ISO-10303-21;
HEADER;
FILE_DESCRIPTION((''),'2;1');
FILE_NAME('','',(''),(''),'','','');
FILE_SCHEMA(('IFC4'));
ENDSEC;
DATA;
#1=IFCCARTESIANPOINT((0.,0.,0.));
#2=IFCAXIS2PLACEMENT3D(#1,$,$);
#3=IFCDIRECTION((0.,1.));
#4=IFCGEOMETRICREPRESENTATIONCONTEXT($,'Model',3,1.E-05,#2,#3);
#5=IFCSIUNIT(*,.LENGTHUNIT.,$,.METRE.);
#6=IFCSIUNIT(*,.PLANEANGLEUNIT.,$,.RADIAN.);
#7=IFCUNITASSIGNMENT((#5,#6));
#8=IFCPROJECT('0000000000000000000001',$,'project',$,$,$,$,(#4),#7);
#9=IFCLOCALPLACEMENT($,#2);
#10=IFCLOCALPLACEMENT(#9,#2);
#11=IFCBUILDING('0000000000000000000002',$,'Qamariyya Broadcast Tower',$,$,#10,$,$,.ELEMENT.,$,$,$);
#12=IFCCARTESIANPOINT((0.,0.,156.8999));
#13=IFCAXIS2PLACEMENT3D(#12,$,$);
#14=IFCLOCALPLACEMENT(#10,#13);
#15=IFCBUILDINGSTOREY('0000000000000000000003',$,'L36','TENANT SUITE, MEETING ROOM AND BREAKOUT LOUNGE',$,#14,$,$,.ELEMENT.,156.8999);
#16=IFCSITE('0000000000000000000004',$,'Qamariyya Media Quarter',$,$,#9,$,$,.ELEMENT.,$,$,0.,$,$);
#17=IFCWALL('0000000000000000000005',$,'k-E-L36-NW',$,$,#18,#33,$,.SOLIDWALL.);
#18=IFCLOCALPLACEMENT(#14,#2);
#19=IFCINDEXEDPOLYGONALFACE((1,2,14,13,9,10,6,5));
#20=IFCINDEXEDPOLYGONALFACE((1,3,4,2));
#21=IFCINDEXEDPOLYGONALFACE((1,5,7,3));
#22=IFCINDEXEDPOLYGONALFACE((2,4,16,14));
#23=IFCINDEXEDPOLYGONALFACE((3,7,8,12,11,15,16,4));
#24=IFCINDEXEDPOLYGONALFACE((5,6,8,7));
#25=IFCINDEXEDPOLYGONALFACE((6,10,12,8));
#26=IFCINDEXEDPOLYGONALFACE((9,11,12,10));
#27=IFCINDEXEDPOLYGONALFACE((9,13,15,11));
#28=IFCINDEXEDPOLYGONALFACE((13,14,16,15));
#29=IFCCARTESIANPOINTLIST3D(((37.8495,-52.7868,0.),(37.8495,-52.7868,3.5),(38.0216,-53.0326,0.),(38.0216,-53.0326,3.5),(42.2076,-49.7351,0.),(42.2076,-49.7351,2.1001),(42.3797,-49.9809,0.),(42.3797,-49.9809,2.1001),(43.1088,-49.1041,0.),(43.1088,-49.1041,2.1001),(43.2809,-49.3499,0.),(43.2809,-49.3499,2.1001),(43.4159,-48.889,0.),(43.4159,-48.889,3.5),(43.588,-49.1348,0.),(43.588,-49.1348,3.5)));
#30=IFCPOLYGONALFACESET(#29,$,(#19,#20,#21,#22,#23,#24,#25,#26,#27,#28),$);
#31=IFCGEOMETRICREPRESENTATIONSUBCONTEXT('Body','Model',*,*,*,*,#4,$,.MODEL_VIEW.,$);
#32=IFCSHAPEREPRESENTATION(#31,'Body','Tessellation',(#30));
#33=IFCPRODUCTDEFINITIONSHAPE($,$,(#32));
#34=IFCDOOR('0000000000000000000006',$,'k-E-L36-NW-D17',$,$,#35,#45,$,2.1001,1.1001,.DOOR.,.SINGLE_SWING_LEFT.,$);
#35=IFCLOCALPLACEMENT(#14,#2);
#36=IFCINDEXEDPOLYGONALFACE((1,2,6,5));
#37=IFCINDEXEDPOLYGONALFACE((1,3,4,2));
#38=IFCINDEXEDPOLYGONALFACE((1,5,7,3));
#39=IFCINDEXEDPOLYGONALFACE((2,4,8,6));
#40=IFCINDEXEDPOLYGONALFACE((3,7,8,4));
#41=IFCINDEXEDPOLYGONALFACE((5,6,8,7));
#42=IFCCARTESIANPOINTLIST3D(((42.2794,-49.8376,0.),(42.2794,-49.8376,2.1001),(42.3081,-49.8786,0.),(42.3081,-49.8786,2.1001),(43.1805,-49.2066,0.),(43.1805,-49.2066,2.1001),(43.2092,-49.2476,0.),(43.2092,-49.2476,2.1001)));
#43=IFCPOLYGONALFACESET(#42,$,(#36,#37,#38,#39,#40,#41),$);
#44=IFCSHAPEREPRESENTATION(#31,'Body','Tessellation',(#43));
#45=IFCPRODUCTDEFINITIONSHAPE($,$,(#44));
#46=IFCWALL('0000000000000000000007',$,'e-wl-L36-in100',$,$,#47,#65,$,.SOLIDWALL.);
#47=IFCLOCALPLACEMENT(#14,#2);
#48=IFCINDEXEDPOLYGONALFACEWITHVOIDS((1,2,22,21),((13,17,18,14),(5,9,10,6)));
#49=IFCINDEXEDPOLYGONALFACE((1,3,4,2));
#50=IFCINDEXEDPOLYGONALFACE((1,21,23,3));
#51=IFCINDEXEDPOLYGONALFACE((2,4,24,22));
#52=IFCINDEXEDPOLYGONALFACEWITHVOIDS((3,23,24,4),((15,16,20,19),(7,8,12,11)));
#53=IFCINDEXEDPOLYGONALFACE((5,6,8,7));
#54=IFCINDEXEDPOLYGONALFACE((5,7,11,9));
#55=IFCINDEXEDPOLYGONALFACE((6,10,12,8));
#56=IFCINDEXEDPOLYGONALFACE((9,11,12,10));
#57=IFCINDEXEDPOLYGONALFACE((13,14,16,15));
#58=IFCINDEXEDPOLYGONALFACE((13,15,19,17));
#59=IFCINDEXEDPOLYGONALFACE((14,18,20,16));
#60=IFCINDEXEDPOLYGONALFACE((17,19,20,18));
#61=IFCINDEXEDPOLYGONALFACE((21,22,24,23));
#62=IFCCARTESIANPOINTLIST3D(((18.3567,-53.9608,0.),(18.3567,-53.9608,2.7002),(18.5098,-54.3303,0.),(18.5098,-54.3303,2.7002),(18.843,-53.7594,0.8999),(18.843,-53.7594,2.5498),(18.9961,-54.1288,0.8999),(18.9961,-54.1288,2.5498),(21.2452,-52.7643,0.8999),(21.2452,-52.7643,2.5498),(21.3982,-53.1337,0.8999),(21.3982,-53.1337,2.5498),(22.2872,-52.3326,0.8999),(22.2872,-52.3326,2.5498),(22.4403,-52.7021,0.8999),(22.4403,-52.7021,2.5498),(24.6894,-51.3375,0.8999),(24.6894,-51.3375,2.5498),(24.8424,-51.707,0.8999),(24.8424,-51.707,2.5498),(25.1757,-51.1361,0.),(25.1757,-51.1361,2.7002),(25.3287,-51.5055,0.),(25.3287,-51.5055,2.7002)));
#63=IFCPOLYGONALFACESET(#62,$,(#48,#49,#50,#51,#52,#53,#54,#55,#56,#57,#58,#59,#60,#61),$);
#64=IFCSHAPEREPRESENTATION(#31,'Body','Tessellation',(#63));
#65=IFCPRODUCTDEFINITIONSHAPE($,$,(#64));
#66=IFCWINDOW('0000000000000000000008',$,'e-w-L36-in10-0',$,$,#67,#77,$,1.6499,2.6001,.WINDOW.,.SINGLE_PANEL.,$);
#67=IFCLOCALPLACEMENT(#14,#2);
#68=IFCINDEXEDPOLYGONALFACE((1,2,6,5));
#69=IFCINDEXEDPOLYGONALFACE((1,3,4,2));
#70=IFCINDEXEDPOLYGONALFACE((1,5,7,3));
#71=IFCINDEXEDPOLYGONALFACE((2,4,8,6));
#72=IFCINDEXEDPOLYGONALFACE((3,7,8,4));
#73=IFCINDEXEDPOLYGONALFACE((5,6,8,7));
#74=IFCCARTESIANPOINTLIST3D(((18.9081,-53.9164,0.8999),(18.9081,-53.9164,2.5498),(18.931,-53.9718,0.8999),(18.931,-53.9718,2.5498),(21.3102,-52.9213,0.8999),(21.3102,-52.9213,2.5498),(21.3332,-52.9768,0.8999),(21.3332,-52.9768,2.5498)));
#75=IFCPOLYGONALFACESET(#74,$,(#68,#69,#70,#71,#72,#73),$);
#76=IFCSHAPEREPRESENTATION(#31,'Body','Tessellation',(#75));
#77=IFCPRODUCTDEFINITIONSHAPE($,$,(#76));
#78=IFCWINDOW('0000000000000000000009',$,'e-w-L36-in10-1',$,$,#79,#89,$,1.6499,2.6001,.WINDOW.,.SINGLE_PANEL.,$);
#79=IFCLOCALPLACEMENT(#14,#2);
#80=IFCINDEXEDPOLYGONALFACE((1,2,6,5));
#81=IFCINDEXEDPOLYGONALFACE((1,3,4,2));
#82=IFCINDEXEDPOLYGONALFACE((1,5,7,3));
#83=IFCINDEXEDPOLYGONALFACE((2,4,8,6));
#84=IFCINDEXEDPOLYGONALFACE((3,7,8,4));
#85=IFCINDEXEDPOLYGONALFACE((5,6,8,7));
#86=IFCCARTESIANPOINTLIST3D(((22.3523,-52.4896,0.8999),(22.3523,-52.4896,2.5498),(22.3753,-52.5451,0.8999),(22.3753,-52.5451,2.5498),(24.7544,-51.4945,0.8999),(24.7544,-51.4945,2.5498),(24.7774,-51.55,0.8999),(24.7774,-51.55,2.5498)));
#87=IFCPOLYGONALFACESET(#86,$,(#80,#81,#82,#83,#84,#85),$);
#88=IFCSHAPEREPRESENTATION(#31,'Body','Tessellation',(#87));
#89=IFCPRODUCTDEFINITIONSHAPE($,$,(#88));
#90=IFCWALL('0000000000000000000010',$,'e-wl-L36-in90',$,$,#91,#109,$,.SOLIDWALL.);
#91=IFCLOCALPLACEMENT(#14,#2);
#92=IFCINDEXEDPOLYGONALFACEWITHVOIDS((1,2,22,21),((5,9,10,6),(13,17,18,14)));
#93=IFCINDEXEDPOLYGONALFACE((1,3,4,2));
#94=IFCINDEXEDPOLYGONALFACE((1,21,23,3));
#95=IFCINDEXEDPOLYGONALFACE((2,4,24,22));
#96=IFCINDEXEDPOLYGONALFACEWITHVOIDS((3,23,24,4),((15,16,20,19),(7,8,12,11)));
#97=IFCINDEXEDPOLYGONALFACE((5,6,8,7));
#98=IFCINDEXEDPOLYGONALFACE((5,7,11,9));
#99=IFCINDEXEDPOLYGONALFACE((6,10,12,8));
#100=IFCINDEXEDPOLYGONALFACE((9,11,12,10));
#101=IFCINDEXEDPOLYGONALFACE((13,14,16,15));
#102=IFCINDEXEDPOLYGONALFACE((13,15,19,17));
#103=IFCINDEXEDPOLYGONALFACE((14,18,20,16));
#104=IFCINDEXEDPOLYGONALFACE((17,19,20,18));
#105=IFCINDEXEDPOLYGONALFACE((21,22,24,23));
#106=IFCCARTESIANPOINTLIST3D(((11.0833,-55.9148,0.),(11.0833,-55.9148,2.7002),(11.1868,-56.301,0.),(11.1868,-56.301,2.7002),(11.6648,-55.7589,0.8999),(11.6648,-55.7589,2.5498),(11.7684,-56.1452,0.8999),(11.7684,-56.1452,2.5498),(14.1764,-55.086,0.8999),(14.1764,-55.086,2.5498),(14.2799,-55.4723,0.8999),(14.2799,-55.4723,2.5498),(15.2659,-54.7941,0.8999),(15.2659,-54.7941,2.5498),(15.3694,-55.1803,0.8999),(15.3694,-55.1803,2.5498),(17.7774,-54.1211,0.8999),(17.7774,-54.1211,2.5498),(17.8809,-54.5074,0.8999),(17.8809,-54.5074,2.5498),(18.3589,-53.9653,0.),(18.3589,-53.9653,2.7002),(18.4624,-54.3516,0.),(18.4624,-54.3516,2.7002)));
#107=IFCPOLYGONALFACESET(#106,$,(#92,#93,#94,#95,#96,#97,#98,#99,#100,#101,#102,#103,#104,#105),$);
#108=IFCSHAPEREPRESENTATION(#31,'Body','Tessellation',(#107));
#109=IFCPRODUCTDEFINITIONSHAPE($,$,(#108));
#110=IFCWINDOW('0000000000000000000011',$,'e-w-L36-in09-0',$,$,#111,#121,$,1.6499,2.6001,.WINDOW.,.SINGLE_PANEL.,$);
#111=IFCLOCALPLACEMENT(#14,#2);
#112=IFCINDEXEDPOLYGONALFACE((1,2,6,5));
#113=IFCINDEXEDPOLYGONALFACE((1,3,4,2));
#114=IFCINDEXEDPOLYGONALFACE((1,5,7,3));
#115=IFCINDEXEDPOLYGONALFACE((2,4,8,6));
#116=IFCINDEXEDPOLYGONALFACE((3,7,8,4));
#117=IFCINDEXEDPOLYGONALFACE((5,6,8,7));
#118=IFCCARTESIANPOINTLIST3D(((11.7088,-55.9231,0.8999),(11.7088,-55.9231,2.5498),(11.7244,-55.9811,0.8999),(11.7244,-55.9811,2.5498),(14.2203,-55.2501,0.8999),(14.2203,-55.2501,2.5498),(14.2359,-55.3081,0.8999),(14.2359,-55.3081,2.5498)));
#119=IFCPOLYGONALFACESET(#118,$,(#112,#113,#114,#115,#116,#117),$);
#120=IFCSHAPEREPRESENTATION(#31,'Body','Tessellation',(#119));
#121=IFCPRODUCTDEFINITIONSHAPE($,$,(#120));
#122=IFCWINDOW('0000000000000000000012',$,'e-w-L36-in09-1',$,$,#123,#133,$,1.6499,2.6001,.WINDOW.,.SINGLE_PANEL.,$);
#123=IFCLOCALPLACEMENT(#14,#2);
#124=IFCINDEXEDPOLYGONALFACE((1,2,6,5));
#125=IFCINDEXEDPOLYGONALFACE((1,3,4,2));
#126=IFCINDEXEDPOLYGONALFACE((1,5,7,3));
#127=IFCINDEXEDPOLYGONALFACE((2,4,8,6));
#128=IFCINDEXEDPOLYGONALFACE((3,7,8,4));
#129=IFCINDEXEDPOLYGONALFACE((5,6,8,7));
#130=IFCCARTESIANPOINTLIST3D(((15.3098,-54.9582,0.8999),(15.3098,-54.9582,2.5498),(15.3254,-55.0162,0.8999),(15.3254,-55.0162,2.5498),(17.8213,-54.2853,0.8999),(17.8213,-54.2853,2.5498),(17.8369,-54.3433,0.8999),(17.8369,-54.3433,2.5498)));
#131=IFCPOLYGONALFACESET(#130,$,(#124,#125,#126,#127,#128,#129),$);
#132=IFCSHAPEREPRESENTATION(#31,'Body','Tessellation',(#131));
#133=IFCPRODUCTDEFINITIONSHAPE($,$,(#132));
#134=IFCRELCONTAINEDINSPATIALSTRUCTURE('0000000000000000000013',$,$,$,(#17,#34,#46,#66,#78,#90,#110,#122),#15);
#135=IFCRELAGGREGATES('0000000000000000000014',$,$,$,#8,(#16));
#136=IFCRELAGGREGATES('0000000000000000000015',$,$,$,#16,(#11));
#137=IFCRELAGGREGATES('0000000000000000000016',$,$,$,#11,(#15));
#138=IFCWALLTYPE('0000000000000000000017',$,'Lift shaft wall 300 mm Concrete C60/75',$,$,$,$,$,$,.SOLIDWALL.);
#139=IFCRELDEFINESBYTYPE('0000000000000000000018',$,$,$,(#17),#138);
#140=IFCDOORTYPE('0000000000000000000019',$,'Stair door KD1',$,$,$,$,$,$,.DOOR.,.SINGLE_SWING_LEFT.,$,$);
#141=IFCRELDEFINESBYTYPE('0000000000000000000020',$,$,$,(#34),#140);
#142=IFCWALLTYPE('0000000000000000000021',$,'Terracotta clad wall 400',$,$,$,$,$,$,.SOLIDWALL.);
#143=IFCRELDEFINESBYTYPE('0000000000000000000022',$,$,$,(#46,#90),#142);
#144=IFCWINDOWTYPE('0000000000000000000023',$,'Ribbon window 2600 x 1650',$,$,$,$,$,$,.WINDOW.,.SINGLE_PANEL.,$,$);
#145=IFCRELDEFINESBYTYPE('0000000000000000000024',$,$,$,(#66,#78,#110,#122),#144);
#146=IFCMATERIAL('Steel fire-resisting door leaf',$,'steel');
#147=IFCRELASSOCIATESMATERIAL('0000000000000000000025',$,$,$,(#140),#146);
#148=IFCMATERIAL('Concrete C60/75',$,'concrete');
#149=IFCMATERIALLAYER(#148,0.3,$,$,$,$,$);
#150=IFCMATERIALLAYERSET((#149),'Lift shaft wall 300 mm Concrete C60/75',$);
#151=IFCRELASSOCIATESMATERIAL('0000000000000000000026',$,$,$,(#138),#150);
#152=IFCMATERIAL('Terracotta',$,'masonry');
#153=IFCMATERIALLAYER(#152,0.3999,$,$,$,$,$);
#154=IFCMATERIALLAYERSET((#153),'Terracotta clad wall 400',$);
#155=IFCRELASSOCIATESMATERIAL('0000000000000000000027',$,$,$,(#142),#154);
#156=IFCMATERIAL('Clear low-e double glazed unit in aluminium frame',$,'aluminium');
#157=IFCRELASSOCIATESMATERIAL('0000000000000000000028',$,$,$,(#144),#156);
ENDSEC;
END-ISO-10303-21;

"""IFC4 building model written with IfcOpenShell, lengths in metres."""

from ifc_helpers import new_model, si_unit, direction, frame, frame_2d, origin, place, context, subcontext, project, spatial, rectangle, extrude, material, layer, layer_set, type_object, element, fill, save


model = new_model("IFC4")

# Units and contexts
model_context = context("Model", 3, precision=1e-05, world=origin(), true_north=direction((0.0, 1.0)))
body_context = subcontext(model_context, "Body", "Model", "MODEL_VIEW")
ifc_project = project(units=[si_unit("LENGTHUNIT", "METRE"), si_unit("PLANEANGLEUNIT", "RADIAN")], contexts=[model_context])

# Site, building, storey
site_placement = place(None, origin())
site = spatial("IfcSite", under=ifc_project, at=site_placement, Name="Qamariyya Media Quarter", CompositionType="ELEMENT", RefElevation=0.0)
building_placement = place(site_placement, origin())
building = spatial("IfcBuilding", under=site, at=building_placement, Name="Qamariyya Broadcast Tower", CompositionType="ELEMENT")
storey_placement = place(building_placement, frame((0.0, 0.0, 156.8999)))
storey = spatial("IfcBuildingStorey", under=building, at=storey_placement, Name="L36", Description="TENANT SUITE, MEETING ROOM AND BREAKOUT LOUNGE", CompositionType="ELEMENT", Elevation=156.8999)

# Shared definitions
ifc_material_1 = material(Name="Concrete C60/75", Category="concrete")

# Shared definitions
ifc_material_2 = material(Name="Steel fire-resisting door leaf", Category="steel")
door_type_1 = type_object("IfcDoorType", Name="Stair door KD1", OperationType="SINGLE_SWING_LEFT", PredefinedType="DOOR", material=ifc_material_2)

# Wall, opening, door
ifc_layer_1 = layer(ifc_material_1, 0.3)
ifc_layer_set_1 = layer_set([ifc_layer_1], Name="Lift shaft wall 300 mm Concrete C60/75")
wall_type_1 = type_object("IfcWallType", Name="Lift shaft wall 300 mm Concrete C60/75", PredefinedType="SOLIDWALL", material=ifc_layer_set_1)
wall_1_placement = place(storey_placement, frame((37.9355, -52.9097, 0.0), z_axis=(0.0, 0.0, 1.0), x_axis=(0.819148, 0.573583, 0.0)))
wall_1 = element("IfcWall", 1, at=wall_1_placement, inside=storey, type_object=wall_type_1, Name="k-E-L36-NW", PredefinedType="SOLIDWALL", context=body_context, shape_type="SweptSolid", body=[
    extrude(rectangle(XDim=6.7954, YDim=0.3, at=frame_2d((3.3977, 0.0))), origin(), (0.0, 0.0, 1.0), 3.5),
])
opening_1_placement = place(wall_1_placement, frame((5.3203, 0.0, 0.0)))
opening_1 = element("IfcOpeningElement", 2, at=opening_1_placement, cuts=wall_1, PredefinedType="OPENING", context=body_context, shape_type="SweptSolid", body=[
    extrude(rectangle(XDim=1.1001, YDim=2.1001, at=frame_2d((0.55, 1.05))), frame((0.0, 0.1599, 0.0), z_axis=(0.0, -1.0, 0.0), x_axis=(1.0, 0.0, 0.0)), (0.0, 0.0, 1.0), 0.3201),
])
door_1_placement = place(opening_1_placement, origin())
door_1 = element("IfcDoor", 3, at=door_1_placement, inside=storey, type_object=door_type_1, Name="k-E-L36-NW-D17", OperationType="SINGLE_SWING_LEFT", OverallHeight=2.1001, OverallWidth=1.1001, PredefinedType="DOOR", context=body_context, shape_type="SweptSolid", body=[
    extrude(rectangle(XDim=1.1001, YDim=2.1001, at=frame_2d((0.55, 1.05))), frame((0.0, 0.0249, 0.0), z_axis=(0.0, -1.0, 0.0), x_axis=(1.0, 0.0, 0.0)), (0.0, 0.0, 1.0), 0.05),
])
fill(opening_1, door_1)

# Walls, openings, windows
ifc_material_3 = material(Name="Terracotta", Category="masonry")
ifc_layer_2 = layer(ifc_material_3, 0.3999)
ifc_layer_set_2 = layer_set([ifc_layer_2], Name="Terracotta clad wall 400")
wall_type_2 = type_object("IfcWallType", Name="Terracotta clad wall 400", PredefinedType="SOLIDWALL", material=ifc_layer_set_2)
wall_2_placement = place(storey_placement, frame((25.2522, -51.3208, 0.0), z_axis=(0.0, 0.0, 1.0), x_axis=(-0.923868, -0.382712, 0.0)))
wall_2 = element("IfcWall", 4, at=wall_2_placement, inside=storey, type_object=wall_type_2, Name="e-wl-L36-in100", PredefinedType="SOLIDWALL", context=body_context, shape_type="SweptSolid", body=[
    extrude(rectangle(XDim=7.3809, YDim=0.3999, at=frame_2d((3.6904, 0.0))), origin(), (0.0, 0.0, 1.0), 2.7002),
])
opening_2_placement = place(wall_2_placement, frame((4.2544, 0.0, 0.8999)))
opening_2 = element("IfcOpeningElement", 5, at=opening_2_placement, cuts=wall_2, PredefinedType="OPENING", context=body_context, shape_type="SweptSolid", body=[
    extrude(rectangle(XDim=2.6001, YDim=1.6499, at=frame_2d((1.3, 0.825))), frame((0.0, 0.21, 0.0), z_axis=(0.0, -1.0, 0.0), x_axis=(1.0, 0.0, 0.0)), (0.0, 0.0, 1.0), 0.4199),
])
opening_3_placement = place(wall_2_placement, frame((0.5264, 0.0, 0.8999)))
opening_3 = element("IfcOpeningElement", 6, at=opening_3_placement, cuts=wall_2, PredefinedType="OPENING", context=body_context, shape_type="SweptSolid", body=[
    extrude(rectangle(XDim=2.6001, YDim=1.6499, at=frame_2d((1.3, 0.825))), frame((0.0, 0.21, 0.0), z_axis=(0.0, -1.0, 0.0), x_axis=(1.0, 0.0, 0.0)), (0.0, 0.0, 1.0), 0.4199),
])
ifc_material_4 = material(Name="Clear low-e double glazed unit in aluminium frame", Category="aluminium")
window_type = type_object("IfcWindowType", Name="Ribbon window 2600 x 1650", PartitioningType="SINGLE_PANEL", PredefinedType="WINDOW", material=ifc_material_4)
window_1_placement = place(opening_2_placement, origin())
window_1 = element("IfcWindow", 7, at=window_1_placement, inside=storey, type_object=window_type, Name="e-w-L36-in10-0", OverallHeight=1.6499, OverallWidth=2.6001, PartitioningType="SINGLE_PANEL", PredefinedType="WINDOW", context=body_context, shape_type="SweptSolid", body=[
    extrude(rectangle(XDim=2.6001, YDim=1.6499, at=frame_2d((1.3, 0.825))), frame((0.0, 0.03, 0.0), z_axis=(0.0, -1.0, 0.0), x_axis=(1.0, 0.0, 0.0)), (0.0, 0.0, 1.0), 0.0601),
])
fill(opening_2, window_1)
window_2_placement = place(opening_3_placement, origin())
window_2 = element("IfcWindow", 8, at=window_2_placement, inside=storey, type_object=window_type, Name="e-w-L36-in10-1", OverallHeight=1.6499, OverallWidth=2.6001, PartitioningType="SINGLE_PANEL", PredefinedType="WINDOW", context=body_context, shape_type="SweptSolid", body=[
    extrude(rectangle(XDim=2.6001, YDim=1.6499, at=frame_2d((1.3, 0.825))), frame((0.0, 0.03, 0.0), z_axis=(0.0, -1.0, 0.0), x_axis=(1.0, 0.0, 0.0)), (0.0, 0.0, 1.0), 0.0601),
])
fill(opening_3, window_2)
wall_3_placement = place(storey_placement, frame((18.4106, -54.1584, 0.0), z_axis=(0.0, 0.0, 1.0), x_axis=(-0.965927, -0.258814, 0.0)))
wall_3 = element("IfcWall", 9, at=wall_3_placement, inside=storey, type_object=wall_type_2, Name="e-wl-L36-in90", PredefinedType="SOLIDWALL", context=body_context, shape_type="SweptSolid", body=[
    extrude(rectangle(XDim=7.5322, YDim=0.3999, at=frame_2d((3.7661, 0.0))), origin(), (0.0, 0.0, 1.0), 2.7002),
])
opening_4_placement = place(wall_3_placement, frame((4.3301, 0.0, 0.8999)))
opening_4 = element("IfcOpeningElement", 10, at=opening_4_placement, cuts=wall_3, PredefinedType="OPENING", context=body_context, shape_type="SweptSolid", body=[
    extrude(rectangle(XDim=2.6001, YDim=1.6499, at=frame_2d((1.3, 0.825))), frame((0.0, 0.21, 0.0), z_axis=(0.0, -1.0, 0.0), x_axis=(1.0, 0.0, 0.0)), (0.0, 0.0, 1.0), 0.4199),
])
opening_5_placement = place(wall_3_placement, frame((0.6021, 0.0, 0.8999)))
opening_5 = element("IfcOpeningElement", 11, at=opening_5_placement, cuts=wall_3, PredefinedType="OPENING", context=body_context, shape_type="SweptSolid", body=[
    extrude(rectangle(XDim=2.6001, YDim=1.6499, at=frame_2d((1.3, 0.825))), frame((0.0, 0.21, 0.0), z_axis=(0.0, -1.0, 0.0), x_axis=(1.0, 0.0, 0.0)), (0.0, 0.0, 1.0), 0.4199),
])
window_3_placement = place(opening_4_placement, origin())
window_3 = element("IfcWindow", 12, at=window_3_placement, inside=storey, type_object=window_type, Name="e-w-L36-in09-0", OverallHeight=1.6499, OverallWidth=2.6001, PartitioningType="SINGLE_PANEL", PredefinedType="WINDOW", context=body_context, shape_type="SweptSolid", body=[
    extrude(rectangle(XDim=2.6001, YDim=1.6499, at=frame_2d((1.3, 0.825))), frame((0.0, 0.03, 0.0), z_axis=(0.0, -1.0, 0.0), x_axis=(1.0, 0.0, 0.0)), (0.0, 0.0, 1.0), 0.0601),
])
fill(opening_4, window_3)
window_4_placement = place(opening_5_placement, origin())
window_4 = element("IfcWindow", 13, at=window_4_placement, inside=storey, type_object=window_type, Name="e-w-L36-in09-1", OverallHeight=1.6499, OverallWidth=2.6001, PartitioningType="SINGLE_PANEL", PredefinedType="WINDOW", context=body_context, shape_type="SweptSolid", body=[
    extrude(rectangle(XDim=2.6001, YDim=1.6499, at=frame_2d((1.3, 0.825))), frame((0.0, 0.03, 0.0), z_axis=(0.0, -1.0, 0.0), x_axis=(1.0, 0.0, 0.0)), (0.0, 0.0, 1.0), 0.0601),
])
fill(opening_5, window_4)

save(model, "model.ifc")
